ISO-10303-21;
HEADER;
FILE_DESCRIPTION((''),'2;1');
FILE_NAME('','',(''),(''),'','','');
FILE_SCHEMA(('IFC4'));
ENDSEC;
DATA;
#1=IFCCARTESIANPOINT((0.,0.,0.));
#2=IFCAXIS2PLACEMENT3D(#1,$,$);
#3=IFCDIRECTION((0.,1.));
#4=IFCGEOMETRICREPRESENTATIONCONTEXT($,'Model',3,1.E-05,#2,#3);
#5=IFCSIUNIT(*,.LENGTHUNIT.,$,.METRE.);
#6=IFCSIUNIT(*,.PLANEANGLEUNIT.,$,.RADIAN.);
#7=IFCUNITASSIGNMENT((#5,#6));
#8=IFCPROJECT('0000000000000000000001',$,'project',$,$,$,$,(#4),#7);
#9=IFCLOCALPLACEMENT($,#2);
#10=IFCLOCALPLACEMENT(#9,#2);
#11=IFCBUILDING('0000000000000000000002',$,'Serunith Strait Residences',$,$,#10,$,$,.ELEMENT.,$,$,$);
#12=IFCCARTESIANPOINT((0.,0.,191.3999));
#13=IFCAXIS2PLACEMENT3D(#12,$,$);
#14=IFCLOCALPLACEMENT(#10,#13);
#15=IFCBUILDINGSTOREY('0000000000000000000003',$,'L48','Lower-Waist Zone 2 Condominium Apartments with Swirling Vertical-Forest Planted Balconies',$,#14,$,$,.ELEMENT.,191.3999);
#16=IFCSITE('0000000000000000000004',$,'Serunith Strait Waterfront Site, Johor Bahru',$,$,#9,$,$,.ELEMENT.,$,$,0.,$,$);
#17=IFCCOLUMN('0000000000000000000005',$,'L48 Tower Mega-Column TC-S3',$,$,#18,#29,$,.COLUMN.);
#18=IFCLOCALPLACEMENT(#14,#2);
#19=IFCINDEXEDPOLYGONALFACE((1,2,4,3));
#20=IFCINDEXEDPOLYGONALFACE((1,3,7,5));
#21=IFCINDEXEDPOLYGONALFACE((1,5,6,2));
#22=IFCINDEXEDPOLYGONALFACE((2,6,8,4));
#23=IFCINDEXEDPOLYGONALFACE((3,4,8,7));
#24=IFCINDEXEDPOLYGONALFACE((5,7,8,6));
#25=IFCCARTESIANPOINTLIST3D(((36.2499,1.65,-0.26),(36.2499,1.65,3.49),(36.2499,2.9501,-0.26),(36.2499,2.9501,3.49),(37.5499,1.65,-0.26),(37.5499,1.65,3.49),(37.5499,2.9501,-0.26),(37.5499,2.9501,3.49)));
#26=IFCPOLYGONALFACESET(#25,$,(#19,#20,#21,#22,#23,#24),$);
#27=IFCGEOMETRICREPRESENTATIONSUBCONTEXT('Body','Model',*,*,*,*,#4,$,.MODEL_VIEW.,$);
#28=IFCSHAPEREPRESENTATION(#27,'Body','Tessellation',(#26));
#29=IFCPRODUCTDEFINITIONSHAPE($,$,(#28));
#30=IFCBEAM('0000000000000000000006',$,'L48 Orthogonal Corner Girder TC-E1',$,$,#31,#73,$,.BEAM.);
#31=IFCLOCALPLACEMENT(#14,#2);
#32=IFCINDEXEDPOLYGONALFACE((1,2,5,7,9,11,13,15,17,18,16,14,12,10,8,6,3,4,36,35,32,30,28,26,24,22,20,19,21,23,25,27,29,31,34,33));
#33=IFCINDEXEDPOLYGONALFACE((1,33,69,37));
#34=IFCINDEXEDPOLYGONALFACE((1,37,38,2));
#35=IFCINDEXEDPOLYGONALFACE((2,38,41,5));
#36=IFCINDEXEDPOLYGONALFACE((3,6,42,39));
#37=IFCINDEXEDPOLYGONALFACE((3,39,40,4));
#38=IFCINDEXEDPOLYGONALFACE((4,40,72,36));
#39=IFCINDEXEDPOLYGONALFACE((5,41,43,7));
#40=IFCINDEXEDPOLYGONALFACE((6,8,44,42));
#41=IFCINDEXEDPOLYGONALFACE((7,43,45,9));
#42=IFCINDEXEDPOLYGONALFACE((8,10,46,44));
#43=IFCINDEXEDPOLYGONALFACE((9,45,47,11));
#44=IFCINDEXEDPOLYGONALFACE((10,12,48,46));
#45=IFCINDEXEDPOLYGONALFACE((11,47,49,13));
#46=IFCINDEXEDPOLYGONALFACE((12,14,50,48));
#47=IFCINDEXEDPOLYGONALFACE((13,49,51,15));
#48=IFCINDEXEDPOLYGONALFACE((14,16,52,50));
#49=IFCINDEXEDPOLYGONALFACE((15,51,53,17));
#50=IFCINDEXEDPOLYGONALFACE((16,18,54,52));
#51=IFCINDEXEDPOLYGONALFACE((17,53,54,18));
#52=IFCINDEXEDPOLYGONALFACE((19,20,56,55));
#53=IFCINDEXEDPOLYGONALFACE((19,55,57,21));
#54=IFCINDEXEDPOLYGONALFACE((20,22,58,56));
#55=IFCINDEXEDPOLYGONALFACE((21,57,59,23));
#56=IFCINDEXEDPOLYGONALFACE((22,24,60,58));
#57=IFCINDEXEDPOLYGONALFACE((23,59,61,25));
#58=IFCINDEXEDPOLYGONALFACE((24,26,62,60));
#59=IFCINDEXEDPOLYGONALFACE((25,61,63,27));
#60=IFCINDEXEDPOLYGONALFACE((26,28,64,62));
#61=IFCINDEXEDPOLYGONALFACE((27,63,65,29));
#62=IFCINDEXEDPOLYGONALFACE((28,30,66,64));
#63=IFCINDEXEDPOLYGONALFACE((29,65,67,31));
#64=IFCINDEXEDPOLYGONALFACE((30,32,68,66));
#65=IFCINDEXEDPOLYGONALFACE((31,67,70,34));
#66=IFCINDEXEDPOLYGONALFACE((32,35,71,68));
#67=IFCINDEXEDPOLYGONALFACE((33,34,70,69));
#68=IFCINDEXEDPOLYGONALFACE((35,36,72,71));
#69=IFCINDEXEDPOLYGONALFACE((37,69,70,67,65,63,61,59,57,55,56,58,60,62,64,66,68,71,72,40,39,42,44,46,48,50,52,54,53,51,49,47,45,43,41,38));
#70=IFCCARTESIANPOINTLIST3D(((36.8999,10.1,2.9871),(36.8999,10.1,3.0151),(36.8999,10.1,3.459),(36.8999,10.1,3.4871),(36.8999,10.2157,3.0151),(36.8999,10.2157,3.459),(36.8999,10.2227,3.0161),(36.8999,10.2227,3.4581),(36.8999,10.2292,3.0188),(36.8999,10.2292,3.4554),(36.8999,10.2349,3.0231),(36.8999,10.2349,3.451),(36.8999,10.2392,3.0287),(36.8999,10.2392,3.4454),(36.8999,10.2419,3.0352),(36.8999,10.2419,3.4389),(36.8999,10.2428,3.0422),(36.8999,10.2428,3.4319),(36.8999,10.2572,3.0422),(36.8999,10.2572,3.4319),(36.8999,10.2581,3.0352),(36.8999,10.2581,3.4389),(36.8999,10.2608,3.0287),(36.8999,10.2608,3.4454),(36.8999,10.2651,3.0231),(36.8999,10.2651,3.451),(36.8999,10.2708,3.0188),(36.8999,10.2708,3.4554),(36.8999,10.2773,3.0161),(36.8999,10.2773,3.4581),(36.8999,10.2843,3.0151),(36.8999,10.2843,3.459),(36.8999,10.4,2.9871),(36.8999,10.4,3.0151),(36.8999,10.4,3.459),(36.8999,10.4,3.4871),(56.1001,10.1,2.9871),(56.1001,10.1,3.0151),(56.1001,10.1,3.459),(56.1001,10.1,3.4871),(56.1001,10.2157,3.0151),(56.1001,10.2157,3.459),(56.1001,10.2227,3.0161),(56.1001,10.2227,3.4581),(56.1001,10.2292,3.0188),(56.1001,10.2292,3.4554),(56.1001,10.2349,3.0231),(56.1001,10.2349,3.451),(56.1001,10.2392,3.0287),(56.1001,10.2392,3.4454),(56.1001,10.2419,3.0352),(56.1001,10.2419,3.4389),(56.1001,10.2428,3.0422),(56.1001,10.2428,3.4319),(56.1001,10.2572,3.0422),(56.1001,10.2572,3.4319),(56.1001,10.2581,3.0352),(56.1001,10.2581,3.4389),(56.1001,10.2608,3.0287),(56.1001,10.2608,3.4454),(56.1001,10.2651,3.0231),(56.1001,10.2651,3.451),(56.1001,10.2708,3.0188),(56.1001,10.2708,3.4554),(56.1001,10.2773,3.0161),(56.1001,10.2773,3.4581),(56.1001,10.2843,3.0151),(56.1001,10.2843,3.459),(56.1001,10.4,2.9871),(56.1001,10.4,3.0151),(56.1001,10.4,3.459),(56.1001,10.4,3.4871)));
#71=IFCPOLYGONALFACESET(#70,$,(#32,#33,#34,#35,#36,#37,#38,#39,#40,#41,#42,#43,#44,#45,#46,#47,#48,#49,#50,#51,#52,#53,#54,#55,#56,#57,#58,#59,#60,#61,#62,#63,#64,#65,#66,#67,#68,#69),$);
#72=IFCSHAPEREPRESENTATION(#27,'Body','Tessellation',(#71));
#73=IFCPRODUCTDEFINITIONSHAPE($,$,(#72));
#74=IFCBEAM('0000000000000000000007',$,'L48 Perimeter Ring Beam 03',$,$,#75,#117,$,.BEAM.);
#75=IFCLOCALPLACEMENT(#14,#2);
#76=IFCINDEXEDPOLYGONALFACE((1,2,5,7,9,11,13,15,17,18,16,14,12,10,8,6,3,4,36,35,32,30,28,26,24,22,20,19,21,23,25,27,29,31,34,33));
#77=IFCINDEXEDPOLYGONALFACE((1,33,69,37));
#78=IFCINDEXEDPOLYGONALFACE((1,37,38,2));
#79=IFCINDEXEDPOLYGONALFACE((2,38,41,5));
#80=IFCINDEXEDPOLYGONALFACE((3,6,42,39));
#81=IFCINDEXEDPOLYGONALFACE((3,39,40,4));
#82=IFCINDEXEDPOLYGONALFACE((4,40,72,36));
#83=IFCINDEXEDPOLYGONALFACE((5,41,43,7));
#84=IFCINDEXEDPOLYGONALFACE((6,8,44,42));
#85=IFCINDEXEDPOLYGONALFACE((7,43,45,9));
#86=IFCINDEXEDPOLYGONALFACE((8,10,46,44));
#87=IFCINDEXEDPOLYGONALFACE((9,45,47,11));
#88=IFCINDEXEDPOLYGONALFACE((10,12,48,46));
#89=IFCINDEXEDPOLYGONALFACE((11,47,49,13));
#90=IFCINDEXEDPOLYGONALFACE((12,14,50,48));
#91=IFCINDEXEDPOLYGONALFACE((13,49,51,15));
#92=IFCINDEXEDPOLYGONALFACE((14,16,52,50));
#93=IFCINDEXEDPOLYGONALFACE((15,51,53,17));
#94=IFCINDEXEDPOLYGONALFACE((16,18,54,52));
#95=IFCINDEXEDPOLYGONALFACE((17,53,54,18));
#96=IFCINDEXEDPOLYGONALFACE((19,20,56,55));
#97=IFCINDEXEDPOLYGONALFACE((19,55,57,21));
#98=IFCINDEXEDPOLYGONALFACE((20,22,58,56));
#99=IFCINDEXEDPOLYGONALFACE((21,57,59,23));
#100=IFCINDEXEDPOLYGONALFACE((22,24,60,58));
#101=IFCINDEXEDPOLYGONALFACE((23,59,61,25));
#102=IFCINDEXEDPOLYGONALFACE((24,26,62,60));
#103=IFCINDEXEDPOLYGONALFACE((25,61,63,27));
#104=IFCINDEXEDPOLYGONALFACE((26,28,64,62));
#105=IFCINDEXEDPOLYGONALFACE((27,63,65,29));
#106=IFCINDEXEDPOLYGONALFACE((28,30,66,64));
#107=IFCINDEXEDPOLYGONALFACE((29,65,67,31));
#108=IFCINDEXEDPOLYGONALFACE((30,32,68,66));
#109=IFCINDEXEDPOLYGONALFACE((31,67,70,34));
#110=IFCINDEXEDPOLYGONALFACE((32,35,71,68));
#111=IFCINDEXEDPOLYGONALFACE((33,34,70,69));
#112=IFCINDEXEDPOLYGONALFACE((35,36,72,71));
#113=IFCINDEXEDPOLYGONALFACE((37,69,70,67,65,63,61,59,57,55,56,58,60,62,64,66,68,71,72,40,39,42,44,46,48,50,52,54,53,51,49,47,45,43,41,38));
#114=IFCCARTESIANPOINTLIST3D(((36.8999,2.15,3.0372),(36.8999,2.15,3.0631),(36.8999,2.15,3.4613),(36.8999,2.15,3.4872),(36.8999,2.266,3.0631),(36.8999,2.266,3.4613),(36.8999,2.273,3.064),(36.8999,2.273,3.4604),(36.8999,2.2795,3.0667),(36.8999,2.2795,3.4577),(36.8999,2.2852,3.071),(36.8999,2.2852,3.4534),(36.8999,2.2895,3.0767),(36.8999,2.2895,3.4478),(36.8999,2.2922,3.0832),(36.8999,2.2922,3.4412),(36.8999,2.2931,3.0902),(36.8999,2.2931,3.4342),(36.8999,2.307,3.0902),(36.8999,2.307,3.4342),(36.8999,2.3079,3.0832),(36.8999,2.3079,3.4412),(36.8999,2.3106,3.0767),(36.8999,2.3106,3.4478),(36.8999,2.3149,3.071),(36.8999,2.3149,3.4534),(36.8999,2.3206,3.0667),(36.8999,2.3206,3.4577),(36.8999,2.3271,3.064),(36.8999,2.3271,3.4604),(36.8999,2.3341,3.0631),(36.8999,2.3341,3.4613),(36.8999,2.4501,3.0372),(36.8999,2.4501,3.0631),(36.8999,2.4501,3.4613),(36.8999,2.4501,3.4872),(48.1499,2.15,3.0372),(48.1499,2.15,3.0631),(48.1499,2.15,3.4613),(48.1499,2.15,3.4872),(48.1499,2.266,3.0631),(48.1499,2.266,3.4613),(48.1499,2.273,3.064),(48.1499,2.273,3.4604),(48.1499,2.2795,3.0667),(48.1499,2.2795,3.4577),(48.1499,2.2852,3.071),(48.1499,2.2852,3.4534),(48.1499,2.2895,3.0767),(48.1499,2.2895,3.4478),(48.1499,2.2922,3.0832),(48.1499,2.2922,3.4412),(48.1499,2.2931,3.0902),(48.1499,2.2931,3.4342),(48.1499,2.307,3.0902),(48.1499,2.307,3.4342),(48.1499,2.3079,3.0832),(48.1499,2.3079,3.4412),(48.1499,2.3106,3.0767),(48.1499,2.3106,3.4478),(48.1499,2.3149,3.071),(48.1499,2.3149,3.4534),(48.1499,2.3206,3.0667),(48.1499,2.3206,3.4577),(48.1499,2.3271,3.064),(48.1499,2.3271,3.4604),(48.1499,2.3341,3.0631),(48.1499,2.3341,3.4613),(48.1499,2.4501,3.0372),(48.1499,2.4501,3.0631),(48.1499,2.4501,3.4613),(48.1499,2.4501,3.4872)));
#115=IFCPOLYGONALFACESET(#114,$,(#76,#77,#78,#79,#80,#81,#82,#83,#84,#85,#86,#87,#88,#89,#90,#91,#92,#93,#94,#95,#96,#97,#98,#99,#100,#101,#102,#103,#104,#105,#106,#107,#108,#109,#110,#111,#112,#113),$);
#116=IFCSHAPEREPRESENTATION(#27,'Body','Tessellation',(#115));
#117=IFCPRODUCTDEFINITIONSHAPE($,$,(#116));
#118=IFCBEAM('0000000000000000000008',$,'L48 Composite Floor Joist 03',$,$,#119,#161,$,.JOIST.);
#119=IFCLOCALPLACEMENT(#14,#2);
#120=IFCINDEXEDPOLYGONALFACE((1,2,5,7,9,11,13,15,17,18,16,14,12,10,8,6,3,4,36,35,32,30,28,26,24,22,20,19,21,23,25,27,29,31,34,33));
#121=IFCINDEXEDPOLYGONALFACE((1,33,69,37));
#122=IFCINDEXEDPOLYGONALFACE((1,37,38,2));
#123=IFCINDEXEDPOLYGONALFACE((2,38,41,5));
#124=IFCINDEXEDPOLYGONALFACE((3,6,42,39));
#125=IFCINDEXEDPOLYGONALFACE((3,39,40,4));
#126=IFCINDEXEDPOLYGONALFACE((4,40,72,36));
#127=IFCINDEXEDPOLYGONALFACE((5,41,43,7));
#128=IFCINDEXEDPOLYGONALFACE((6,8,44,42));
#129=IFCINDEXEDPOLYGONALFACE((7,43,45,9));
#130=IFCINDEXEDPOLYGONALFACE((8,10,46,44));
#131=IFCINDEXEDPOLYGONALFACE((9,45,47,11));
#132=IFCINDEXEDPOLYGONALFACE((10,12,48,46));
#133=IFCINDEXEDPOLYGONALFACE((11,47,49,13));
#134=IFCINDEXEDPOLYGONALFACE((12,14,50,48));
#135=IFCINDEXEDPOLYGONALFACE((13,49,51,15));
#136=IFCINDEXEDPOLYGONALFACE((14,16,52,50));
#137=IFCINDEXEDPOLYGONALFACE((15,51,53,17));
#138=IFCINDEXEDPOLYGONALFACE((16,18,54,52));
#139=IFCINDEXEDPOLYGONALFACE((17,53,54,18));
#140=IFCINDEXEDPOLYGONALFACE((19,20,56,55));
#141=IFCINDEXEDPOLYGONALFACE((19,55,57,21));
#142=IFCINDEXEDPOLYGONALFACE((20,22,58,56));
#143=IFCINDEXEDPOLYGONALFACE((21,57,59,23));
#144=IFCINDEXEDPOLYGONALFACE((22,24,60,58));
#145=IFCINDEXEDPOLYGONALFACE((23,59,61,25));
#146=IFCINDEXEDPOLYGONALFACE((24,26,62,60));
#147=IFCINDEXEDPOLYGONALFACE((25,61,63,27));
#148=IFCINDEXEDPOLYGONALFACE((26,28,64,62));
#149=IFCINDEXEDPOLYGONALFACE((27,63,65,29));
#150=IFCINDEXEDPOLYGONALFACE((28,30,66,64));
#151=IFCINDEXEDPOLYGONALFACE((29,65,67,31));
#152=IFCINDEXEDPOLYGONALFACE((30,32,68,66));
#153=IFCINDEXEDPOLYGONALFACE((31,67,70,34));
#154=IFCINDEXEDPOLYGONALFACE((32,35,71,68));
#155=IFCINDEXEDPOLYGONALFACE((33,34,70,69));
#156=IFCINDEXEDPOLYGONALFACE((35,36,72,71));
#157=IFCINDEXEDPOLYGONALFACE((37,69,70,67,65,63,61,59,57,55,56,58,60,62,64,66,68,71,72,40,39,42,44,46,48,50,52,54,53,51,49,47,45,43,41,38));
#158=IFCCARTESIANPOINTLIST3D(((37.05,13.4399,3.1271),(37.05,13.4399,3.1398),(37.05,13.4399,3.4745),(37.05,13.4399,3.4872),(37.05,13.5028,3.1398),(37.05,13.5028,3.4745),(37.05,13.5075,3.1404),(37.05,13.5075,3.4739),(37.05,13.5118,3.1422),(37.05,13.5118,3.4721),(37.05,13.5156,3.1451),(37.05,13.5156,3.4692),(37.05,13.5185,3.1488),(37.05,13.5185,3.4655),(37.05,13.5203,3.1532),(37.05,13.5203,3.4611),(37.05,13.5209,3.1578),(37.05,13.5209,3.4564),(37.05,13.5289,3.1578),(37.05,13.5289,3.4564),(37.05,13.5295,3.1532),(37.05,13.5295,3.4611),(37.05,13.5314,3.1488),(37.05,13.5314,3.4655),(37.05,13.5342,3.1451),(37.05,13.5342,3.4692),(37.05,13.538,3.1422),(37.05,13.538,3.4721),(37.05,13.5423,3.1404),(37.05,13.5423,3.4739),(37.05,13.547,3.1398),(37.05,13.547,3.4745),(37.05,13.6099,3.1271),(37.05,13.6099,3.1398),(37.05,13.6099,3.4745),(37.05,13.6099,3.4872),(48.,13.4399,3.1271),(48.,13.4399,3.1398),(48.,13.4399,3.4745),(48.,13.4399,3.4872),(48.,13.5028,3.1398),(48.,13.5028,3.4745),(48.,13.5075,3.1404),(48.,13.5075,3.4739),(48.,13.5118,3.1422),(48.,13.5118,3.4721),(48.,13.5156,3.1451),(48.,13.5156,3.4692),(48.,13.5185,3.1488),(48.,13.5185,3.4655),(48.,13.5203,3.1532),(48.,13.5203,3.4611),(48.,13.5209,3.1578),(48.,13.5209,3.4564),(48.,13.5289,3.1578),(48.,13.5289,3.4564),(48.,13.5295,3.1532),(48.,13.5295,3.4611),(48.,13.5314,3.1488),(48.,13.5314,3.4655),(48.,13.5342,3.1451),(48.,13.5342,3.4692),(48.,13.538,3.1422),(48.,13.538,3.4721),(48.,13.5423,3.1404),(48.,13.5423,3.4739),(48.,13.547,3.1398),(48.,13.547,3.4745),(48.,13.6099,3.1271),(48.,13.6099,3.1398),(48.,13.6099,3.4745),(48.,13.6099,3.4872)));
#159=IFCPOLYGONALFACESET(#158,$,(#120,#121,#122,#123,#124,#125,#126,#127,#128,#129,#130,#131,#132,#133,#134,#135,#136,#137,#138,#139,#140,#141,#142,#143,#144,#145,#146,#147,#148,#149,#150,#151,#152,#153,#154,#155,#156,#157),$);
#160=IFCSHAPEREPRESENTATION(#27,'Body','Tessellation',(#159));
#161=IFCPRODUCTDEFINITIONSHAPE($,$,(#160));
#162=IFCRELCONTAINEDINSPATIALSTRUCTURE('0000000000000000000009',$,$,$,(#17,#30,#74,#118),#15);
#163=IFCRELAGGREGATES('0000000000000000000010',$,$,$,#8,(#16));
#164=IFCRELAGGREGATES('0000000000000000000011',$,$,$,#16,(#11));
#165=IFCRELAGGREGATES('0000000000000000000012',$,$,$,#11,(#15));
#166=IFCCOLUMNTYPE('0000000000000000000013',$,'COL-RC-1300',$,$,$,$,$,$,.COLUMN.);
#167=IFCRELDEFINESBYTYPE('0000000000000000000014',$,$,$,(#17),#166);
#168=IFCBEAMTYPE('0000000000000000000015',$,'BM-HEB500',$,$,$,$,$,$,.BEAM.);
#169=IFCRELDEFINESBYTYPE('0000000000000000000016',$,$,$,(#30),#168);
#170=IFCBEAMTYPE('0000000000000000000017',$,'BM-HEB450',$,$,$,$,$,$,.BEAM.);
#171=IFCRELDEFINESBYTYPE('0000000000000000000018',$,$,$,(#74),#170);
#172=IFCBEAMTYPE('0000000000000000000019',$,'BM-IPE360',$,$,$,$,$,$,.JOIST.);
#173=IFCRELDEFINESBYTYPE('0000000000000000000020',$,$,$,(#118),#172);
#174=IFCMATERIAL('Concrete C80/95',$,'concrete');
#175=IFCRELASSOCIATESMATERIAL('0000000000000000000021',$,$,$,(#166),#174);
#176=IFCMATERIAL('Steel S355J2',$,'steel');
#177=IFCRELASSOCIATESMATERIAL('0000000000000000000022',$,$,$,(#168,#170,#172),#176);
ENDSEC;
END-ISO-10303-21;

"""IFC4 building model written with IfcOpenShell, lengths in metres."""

from ifc_helpers import new_model, si_unit, direction, frame, origin, origin_2d, place, context, subcontext, project, spatial, rectangle, i_section, extrude, source, transform, mapped, material, material_profile, profile_set, type_object, element, save


model = new_model("IFC4")

# Units and contexts
model_context = context("Model", 3, precision=1e-05, world=origin(), true_north=direction((0.0, 1.0)))
body_context = subcontext(model_context, "Body", "Model", "MODEL_VIEW")
ifc_project = project(units=[si_unit("LENGTHUNIT", "METRE"), si_unit("PLANEANGLEUNIT", "RADIAN")], contexts=[model_context])

# Site, building, storey
site_placement = place(None, origin())
site = spatial("IfcSite", under=ifc_project, at=site_placement, Name="Serunith Strait Waterfront Site, Johor Bahru", CompositionType="ELEMENT", RefElevation=0.0)
building_placement = place(site_placement, origin())
building = spatial("IfcBuilding", under=site, at=building_placement, Name="Serunith Strait Residences", CompositionType="ELEMENT")
storey_placement = place(building_placement, frame((0.0, 0.0, 191.3999)))
storey = spatial("IfcBuildingStorey", under=building, at=storey_placement, Name="L48", Description="Lower-Waist Zone 2 Condominium Apartments with Swirling Vertical-Forest Planted Balconies", CompositionType="ELEMENT", Elevation=191.3999)

# Column
ifc_material_1 = material(Name="Concrete C80/95", Category="concrete")
ifc_material_profile_1 = material_profile(ifc_material_1, rectangle(XDim=1.3, YDim=1.3, at=origin_2d()), Name="RC 1300x1300")
ifc_profile_set_1 = profile_set([ifc_material_profile_1], Name="Concrete C80/95")
column_type = type_object("IfcColumnType", Name="COL-RC-1300", PredefinedType="COLUMN", material=ifc_profile_set_1)
shared_shape_1 = source(origin(), body_context, "Body", "SweptSolid", [
    extrude(rectangle(XDim=1.3, YDim=1.3, at=origin_2d()), origin(), (0.0, 0.0, 1.0), 3.75),
])
column_placement = place(storey_placement, frame((36.8999, 2.3, -0.26), z_axis=(0.0, 0.0, 1.0), x_axis=(1.0, 0.0, 0.0)))
element("IfcColumn", 1, at=column_placement, inside=storey, type_object=column_type, Name="L48 Tower Mega-Column TC-S3", PredefinedType="COLUMN", context=body_context, shape_type="MappedRepresentation", body=[
    mapped(shared_shape_1, transform((0.0, 0.0, 0.0), scale=1.0)),
])

# Beams
ifc_material_2 = material(Name="Steel S355J2", Category="steel")
ifc_material_profile_2 = material_profile(ifc_material_2, i_section(OverallWidth=0.3, OverallDepth=0.5, WebThickness=0.0144, FlangeThickness=0.0281, FilletRadius=0.0271, at=origin_2d()), Name="HEB 500")
ifc_profile_set_2 = profile_set([ifc_material_profile_2], Name="Steel S355J2")
beam_type_1 = type_object("IfcBeamType", Name="BM-HEB500", PredefinedType="BEAM", material=ifc_profile_set_2)
shared_shape_2 = source(origin(), body_context, "Body", "SweptSolid", [
    extrude(i_section(OverallWidth=0.3, OverallDepth=0.5, WebThickness=0.0144, FlangeThickness=0.0281, FilletRadius=0.0271, at=origin_2d()), origin(), (0.0, 0.0, 1.0), 19.2002),
])
beam_1_placement = place(storey_placement, frame((36.8999, 10.25, 3.2371), z_axis=(1.0, 0.0, 0.0), x_axis=(0.0, 1.0, 0.0)))
element("IfcBeam", 2, at=beam_1_placement, inside=storey, type_object=beam_type_1, Name="L48 Orthogonal Corner Girder TC-E1", PredefinedType="BEAM", context=body_context, shape_type="MappedRepresentation", body=[
    mapped(shared_shape_2, transform((0.0, 0.0, 0.0), scale=1.0)),
])
ifc_material_profile_3 = material_profile(ifc_material_2, i_section(OverallWidth=0.3, OverallDepth=0.45, WebThickness=0.0139, FlangeThickness=0.0259, FilletRadius=0.0271, at=origin_2d()), Name="HEB 450")
ifc_profile_set_3 = profile_set([ifc_material_profile_3], Name="Steel S355J2")
beam_type_2 = type_object("IfcBeamType", Name="BM-HEB450", PredefinedType="BEAM", material=ifc_profile_set_3)
shared_shape_3 = source(origin(), body_context, "Body", "SweptSolid", [
    extrude(i_section(OverallWidth=0.3, OverallDepth=0.45, WebThickness=0.0139, FlangeThickness=0.0259, FilletRadius=0.0271, at=origin_2d()), origin(), (0.0, 0.0, 1.0), 11.25),
])
beam_2_placement = place(storey_placement, frame((36.8999, 2.3, 3.2622), z_axis=(1.0, 0.0, 0.0), x_axis=(0.0, 1.0, 0.0)))
element("IfcBeam", 3, at=beam_2_placement, inside=storey, type_object=beam_type_2, Name="L48 Perimeter Ring Beam 03", PredefinedType="BEAM", context=body_context, shape_type="MappedRepresentation", body=[
    mapped(shared_shape_3, transform((0.0, 0.0, 0.0), scale=1.0)),
])
ifc_material_profile_4 = material_profile(ifc_material_2, i_section(OverallWidth=0.1699, OverallDepth=0.3601, WebThickness=0.0081, FlangeThickness=0.0127, FilletRadius=0.0181, at=origin_2d()), Name="IPE 360")
ifc_profile_set_4 = profile_set([ifc_material_profile_4], Name="Steel S355J2")
beam_type_3 = type_object("IfcBeamType", Name="BM-IPE360", PredefinedType="JOIST", material=ifc_profile_set_4)
shared_shape_4 = source(origin(), body_context, "Body", "SweptSolid", [
    extrude(i_section(OverallWidth=0.1699, OverallDepth=0.3601, WebThickness=0.0081, FlangeThickness=0.0127, FilletRadius=0.0181, at=origin_2d()), origin(), (0.0, 0.0, 1.0), 10.95),
])
beam_3_placement = place(storey_placement, frame((37.05, 13.5249, 3.3071), z_axis=(1.0, 0.0, 0.0), x_axis=(0.0, 1.0, 0.0)))
element("IfcBeam", 4, at=beam_3_placement, inside=storey, type_object=beam_type_3, Name="L48 Composite Floor Joist 03", PredefinedType="JOIST", context=body_context, shape_type="MappedRepresentation", body=[
    mapped(shared_shape_4, transform((0.0, 0.0, 0.0), scale=1.0)),
])

save(model, "model.ifc")
